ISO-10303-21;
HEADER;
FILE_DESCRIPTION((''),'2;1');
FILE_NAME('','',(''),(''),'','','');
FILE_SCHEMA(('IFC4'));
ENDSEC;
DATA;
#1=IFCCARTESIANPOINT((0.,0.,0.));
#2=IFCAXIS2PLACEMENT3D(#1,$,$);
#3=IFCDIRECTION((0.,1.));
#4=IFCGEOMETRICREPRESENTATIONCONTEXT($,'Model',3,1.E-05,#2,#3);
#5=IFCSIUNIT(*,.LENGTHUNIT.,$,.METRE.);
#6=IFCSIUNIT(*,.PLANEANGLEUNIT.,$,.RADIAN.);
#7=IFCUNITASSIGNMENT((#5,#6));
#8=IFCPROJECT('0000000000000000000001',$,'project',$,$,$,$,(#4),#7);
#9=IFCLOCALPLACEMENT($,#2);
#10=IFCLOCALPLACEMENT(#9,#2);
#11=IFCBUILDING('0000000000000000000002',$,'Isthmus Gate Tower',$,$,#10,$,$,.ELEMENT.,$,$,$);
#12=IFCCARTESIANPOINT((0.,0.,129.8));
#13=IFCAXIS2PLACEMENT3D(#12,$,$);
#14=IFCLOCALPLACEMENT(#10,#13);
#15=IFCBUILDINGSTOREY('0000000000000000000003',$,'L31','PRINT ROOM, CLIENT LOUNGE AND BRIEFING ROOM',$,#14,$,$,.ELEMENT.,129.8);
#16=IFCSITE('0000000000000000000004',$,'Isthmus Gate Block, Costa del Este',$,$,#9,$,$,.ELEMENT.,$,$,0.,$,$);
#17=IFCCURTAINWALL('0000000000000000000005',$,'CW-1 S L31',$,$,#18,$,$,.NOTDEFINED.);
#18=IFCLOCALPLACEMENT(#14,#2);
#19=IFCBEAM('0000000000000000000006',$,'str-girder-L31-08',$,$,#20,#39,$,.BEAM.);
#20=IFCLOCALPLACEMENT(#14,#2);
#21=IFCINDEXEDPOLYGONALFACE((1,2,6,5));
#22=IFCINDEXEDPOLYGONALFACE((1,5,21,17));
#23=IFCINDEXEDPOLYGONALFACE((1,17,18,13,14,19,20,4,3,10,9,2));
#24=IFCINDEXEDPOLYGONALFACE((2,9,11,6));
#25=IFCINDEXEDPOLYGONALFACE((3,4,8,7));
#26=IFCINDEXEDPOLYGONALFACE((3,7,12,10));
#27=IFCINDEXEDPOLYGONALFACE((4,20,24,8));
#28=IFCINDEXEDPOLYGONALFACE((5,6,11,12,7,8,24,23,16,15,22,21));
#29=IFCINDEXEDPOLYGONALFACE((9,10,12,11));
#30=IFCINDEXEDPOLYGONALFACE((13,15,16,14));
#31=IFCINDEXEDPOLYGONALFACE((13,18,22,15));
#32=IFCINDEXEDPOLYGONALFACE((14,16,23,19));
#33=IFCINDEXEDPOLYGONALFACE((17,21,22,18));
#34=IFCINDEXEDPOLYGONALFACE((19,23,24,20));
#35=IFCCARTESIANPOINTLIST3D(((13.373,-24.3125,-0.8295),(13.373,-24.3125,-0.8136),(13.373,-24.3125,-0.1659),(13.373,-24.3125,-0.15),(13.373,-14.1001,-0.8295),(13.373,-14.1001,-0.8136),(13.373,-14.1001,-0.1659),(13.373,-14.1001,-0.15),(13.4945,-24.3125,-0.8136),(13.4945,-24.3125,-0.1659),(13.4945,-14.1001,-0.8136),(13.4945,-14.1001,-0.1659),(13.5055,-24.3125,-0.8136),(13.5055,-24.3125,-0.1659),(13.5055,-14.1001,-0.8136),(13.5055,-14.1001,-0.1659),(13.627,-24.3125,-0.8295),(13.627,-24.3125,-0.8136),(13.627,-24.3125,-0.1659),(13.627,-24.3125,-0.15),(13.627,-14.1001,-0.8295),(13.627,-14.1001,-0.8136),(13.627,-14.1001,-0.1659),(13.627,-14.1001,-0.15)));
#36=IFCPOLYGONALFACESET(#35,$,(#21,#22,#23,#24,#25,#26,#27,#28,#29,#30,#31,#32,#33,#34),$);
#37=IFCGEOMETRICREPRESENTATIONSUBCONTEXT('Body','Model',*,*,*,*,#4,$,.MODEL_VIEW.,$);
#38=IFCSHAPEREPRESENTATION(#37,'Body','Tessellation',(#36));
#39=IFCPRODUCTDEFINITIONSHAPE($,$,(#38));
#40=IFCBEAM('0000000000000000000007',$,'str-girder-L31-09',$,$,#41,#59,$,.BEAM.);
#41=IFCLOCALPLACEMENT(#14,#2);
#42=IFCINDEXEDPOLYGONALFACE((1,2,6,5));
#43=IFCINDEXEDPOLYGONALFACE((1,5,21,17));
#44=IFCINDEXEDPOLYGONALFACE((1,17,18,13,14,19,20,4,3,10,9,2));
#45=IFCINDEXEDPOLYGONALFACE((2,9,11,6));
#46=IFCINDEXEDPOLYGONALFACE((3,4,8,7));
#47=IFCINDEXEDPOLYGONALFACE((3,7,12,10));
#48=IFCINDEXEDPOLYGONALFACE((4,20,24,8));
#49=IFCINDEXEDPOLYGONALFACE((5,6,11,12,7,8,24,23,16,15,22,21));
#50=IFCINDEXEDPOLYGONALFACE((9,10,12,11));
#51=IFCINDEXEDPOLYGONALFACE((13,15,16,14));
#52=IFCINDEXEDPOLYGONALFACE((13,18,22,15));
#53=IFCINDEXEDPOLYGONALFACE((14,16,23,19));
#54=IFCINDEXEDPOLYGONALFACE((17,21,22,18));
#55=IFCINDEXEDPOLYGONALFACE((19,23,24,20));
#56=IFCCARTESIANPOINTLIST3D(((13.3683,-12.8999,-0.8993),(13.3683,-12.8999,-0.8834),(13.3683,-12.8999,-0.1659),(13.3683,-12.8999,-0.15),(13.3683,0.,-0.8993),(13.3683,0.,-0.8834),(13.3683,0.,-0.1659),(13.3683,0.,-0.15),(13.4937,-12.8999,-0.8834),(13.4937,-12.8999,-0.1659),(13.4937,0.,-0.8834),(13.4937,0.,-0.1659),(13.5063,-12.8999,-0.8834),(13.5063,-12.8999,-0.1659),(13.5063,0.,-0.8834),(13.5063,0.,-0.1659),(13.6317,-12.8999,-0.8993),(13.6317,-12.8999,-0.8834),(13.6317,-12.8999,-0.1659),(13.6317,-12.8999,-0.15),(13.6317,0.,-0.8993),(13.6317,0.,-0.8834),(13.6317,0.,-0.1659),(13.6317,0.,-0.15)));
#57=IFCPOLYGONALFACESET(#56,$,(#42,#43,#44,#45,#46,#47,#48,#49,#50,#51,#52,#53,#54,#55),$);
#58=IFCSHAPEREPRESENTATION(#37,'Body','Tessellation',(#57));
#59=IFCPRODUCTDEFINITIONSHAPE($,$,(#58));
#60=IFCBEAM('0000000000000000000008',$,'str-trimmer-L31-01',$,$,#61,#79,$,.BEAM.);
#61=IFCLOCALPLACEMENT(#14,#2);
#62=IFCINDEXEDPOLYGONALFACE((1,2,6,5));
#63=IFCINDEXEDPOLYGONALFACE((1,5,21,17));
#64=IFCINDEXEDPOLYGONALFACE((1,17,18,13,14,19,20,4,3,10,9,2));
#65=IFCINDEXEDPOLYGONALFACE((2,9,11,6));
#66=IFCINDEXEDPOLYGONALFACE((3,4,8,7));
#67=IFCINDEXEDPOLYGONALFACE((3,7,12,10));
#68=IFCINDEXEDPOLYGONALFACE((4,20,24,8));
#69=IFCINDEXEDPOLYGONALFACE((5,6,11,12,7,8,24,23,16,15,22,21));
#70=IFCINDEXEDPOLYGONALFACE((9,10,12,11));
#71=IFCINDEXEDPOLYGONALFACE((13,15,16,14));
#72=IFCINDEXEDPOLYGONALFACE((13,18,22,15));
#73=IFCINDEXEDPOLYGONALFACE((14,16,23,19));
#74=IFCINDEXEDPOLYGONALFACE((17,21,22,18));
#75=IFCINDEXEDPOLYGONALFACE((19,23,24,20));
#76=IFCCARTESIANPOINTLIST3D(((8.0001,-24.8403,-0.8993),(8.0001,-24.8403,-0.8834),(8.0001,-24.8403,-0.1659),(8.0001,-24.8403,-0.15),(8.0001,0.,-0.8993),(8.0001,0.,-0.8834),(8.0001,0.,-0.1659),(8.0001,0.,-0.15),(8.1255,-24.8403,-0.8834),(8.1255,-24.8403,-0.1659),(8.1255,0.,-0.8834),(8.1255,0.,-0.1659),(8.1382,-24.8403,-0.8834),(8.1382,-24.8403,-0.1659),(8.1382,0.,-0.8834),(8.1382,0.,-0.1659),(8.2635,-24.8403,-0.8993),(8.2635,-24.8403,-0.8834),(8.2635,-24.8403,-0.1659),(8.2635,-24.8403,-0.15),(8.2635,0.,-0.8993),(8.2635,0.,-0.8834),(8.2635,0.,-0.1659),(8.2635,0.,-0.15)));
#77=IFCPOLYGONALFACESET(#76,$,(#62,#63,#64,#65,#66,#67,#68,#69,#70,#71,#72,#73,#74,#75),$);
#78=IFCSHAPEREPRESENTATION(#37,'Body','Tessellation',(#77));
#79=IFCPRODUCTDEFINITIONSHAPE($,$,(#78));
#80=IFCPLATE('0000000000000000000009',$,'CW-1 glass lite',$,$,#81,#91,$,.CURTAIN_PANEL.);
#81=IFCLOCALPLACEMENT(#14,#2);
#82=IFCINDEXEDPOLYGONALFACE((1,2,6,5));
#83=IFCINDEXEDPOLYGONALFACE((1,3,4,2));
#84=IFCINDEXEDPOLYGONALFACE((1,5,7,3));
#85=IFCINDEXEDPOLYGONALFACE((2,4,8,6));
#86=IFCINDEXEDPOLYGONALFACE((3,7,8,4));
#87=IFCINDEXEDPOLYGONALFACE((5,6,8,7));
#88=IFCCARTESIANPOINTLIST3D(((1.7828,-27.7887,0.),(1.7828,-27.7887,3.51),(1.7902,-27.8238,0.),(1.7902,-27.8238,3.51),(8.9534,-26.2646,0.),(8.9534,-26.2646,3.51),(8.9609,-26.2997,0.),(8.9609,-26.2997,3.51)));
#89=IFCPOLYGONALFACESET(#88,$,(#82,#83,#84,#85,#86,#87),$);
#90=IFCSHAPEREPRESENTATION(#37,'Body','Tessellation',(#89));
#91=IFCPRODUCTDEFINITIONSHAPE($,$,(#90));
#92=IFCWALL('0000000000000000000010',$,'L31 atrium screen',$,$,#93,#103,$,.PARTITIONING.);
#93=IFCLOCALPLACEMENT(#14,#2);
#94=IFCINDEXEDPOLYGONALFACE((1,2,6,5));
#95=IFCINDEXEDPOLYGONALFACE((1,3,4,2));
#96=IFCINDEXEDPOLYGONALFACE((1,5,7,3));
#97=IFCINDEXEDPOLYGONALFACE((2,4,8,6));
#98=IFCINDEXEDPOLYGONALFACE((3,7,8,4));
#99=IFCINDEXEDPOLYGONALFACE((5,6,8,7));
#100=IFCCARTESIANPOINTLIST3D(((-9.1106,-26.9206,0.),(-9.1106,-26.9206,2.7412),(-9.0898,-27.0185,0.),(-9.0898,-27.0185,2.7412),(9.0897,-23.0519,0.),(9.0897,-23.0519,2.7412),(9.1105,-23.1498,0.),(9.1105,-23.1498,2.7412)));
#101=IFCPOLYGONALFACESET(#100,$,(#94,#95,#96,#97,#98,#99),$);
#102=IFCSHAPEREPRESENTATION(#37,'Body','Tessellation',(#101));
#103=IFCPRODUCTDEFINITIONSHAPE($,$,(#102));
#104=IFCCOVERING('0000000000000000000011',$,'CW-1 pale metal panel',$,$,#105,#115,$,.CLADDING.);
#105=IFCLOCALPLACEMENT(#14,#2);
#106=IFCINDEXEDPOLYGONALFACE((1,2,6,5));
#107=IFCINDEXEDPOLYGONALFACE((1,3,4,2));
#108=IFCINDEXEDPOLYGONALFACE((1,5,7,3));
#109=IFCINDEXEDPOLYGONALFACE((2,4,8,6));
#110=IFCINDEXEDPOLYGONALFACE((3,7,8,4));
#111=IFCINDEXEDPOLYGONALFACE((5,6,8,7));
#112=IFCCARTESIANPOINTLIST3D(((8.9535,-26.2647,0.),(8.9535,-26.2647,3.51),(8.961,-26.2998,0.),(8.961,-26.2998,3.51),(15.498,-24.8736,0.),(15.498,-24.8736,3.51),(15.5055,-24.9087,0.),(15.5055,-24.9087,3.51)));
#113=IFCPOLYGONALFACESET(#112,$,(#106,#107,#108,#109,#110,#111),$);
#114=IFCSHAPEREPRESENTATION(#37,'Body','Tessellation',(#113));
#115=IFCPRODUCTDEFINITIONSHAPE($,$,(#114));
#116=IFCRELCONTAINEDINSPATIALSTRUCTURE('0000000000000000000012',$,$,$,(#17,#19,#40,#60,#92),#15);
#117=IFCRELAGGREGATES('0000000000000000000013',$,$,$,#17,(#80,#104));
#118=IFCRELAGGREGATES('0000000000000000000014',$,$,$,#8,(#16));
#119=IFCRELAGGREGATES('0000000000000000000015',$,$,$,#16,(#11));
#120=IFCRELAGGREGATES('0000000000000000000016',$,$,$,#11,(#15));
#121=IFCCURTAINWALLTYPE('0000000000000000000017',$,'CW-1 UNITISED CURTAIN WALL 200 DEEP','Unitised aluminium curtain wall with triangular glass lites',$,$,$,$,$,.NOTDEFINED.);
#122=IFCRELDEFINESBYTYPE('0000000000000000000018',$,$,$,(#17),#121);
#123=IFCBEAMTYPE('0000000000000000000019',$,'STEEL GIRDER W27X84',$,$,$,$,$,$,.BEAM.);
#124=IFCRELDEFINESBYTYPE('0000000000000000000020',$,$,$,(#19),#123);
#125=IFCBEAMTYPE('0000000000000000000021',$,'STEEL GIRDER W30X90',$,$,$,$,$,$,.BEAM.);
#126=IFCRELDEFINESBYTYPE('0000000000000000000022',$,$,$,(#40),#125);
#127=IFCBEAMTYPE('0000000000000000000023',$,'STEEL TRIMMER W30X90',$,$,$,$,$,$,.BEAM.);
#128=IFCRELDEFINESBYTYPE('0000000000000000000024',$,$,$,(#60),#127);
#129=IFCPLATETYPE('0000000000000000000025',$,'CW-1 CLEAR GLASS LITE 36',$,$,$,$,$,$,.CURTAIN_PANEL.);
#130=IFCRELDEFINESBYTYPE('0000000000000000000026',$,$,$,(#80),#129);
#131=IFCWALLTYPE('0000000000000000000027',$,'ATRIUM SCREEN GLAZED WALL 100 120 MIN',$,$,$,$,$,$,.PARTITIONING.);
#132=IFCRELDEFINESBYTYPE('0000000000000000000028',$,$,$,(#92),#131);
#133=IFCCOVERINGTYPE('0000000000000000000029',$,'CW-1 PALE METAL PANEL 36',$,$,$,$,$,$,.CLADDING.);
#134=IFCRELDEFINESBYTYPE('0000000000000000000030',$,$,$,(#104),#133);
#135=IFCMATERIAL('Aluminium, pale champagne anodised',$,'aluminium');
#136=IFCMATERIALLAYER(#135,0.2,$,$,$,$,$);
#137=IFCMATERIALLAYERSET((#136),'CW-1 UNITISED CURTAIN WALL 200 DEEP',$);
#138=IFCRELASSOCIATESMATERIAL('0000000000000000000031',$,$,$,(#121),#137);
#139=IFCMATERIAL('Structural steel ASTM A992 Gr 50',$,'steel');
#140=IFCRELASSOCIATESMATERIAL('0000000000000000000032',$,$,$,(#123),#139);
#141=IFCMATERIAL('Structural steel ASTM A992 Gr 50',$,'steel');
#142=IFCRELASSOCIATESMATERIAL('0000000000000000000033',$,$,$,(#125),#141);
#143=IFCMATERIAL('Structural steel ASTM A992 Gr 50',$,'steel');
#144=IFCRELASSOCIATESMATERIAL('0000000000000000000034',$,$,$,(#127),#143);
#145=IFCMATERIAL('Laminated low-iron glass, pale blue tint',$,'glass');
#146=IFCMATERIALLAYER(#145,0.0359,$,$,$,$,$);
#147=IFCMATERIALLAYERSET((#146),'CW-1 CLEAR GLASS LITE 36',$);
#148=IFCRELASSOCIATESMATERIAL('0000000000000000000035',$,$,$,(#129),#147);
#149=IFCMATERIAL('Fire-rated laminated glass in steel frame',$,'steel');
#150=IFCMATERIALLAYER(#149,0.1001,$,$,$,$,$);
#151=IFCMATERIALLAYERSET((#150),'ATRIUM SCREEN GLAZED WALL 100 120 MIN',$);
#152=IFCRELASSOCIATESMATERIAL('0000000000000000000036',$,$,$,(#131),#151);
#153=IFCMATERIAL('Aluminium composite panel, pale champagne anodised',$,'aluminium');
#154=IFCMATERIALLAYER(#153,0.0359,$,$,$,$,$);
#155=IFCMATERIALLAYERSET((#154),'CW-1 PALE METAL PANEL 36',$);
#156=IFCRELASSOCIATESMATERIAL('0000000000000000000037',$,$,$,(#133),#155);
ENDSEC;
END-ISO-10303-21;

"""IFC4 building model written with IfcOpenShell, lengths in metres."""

from ifc_helpers import new_model, si_unit, direction, frame, frame_2d, origin, origin_2d, place, context, subcontext, project, spatial, rectangle, i_section, extrude, material, layer, layer_set, material_profile, profile_set, type_object, element, aggregate, save


model = new_model("IFC4")

# Units and contexts
model_context = context("Model", 3, precision=1e-05, world=origin(), true_north=direction((0.0, 1.0)))
body_context = subcontext(model_context, "Body", "Model", "MODEL_VIEW")
ifc_project = project(units=[si_unit("LENGTHUNIT", "METRE"), si_unit("PLANEANGLEUNIT", "RADIAN")], contexts=[model_context])

# Site, building, storey
site_placement = place(None, origin())
site = spatial("IfcSite", under=ifc_project, at=site_placement, Name="Isthmus Gate Block, Costa del Este", CompositionType="ELEMENT", RefElevation=0.0)
building_placement = place(site_placement, origin())
building = spatial("IfcBuilding", under=site, at=building_placement, Name="Isthmus Gate Tower", CompositionType="ELEMENT")
storey_placement = place(building_placement, frame((0.0, 0.0, 129.8)))
storey = spatial("IfcBuildingStorey", under=building, at=storey_placement, Name="L31", Description="PRINT ROOM, CLIENT LOUNGE AND BRIEFING ROOM", CompositionType="ELEMENT", Elevation=129.8)

# Curtain wall
ifc_material_1 = material(Name="Aluminium, pale champagne anodised", Category="aluminium")
ifc_layer_1 = layer(ifc_material_1, 0.2)
ifc_layer_set_1 = layer_set([ifc_layer_1], Name="CW-1 UNITISED CURTAIN WALL 200 DEEP")
curtain_wall_type = type_object("IfcCurtainWallType", Name="CW-1 UNITISED CURTAIN WALL 200 DEEP", Description="Unitised aluminium curtain wall with triangular glass lites", PredefinedType="NOTDEFINED", material=ifc_layer_set_1)
curtain_wall_placement = place(storey_placement, origin())
curtain_wall = element("IfcCurtainWall", 1, at=curtain_wall_placement, inside=storey, type_object=curtain_wall_type, Name="CW-1 S L31", PredefinedType="NOTDEFINED")

# Beams
ifc_material_2 = material(Name="Structural steel ASTM A992 Gr 50", Category="steel")
ifc_material_profile_1 = material_profile(ifc_material_2, i_section(OverallWidth=0.2539, OverallDepth=0.6794, WebThickness=0.011, FlangeThickness=0.0159, at=origin_2d()), Name="W27X84")
ifc_profile_set_1 = profile_set([ifc_material_profile_1], Name="Structural steel ASTM A992 Gr 50")
beam_type_1 = type_object("IfcBeamType", Name="STEEL GIRDER W27X84", PredefinedType="BEAM", material=ifc_profile_set_1)
beam_1_placement = place(storey_placement, frame((13.5, -24.3125, -0.4897), z_axis=(0.0, 1.0, 0.0), x_axis=(-1.0, 0.0, 0.0)))
element("IfcBeam", 2, at=beam_1_placement, inside=storey, type_object=beam_type_1, Name="str-girder-L31-08", PredefinedType="BEAM", context=body_context, shape_type="SweptSolid", body=[
    extrude(i_section(OverallWidth=0.2539, OverallDepth=0.6794, WebThickness=0.011, FlangeThickness=0.0159, at=origin_2d()), origin(), (0.0, 0.0, 1.0), 10.2124),
])
ifc_material_3 = material(Name="Structural steel ASTM A992 Gr 50", Category="steel")
ifc_material_profile_2 = material_profile(ifc_material_3, i_section(OverallWidth=0.2634, OverallDepth=0.7493, WebThickness=0.0127, FlangeThickness=0.0159, at=origin_2d()), Name="W30X90")
ifc_profile_set_2 = profile_set([ifc_material_profile_2], Name="Structural steel ASTM A992 Gr 50")
beam_type_2 = type_object("IfcBeamType", Name="STEEL GIRDER W30X90", PredefinedType="BEAM", material=ifc_profile_set_2)
beam_2_placement = place(storey_placement, frame((13.5, -12.8999, -0.5247), z_axis=(0.0, 1.0, 0.0), x_axis=(-1.0, 0.0, 0.0)))
element("IfcBeam", 3, at=beam_2_placement, inside=storey, type_object=beam_type_2, Name="str-girder-L31-09", PredefinedType="BEAM", context=body_context, shape_type="SweptSolid", body=[
    extrude(i_section(OverallWidth=0.2634, OverallDepth=0.7493, WebThickness=0.0127, FlangeThickness=0.0159, at=origin_2d()), origin(), (0.0, 0.0, 1.0), 12.8999),
])
ifc_material_4 = material(Name="Structural steel ASTM A992 Gr 50", Category="steel")
ifc_material_profile_3 = material_profile(ifc_material_4, i_section(OverallWidth=0.2634, OverallDepth=0.7493, WebThickness=0.0127, FlangeThickness=0.0159, at=origin_2d()), Name="W30X90")
ifc_profile_set_3 = profile_set([ifc_material_profile_3], Name="Structural steel ASTM A992 Gr 50")
beam_type_3 = type_object("IfcBeamType", Name="STEEL TRIMMER W30X90", PredefinedType="BEAM", material=ifc_profile_set_3)
beam_3_placement = place(storey_placement, frame((8.1318, -24.8403, -0.5247), z_axis=(0.0, 1.0, 0.0), x_axis=(-1.0, 0.0, 0.0)))
element("IfcBeam", 4, at=beam_3_placement, inside=storey, type_object=beam_type_3, Name="str-trimmer-L31-01", PredefinedType="BEAM", context=body_context, shape_type="SweptSolid", body=[
    extrude(i_section(OverallWidth=0.2634, OverallDepth=0.7493, WebThickness=0.0127, FlangeThickness=0.0159, at=origin_2d()), origin(), (0.0, 0.0, 1.0), 24.8403),
])

# Plate
ifc_material_5 = material(Name="Laminated low-iron glass, pale blue tint", Category="glass")
ifc_layer_2 = layer(ifc_material_5, 0.0359)
ifc_layer_set_2 = layer_set([ifc_layer_2], Name="CW-1 CLEAR GLASS LITE 36")
plate_type = type_object("IfcPlateType", Name="CW-1 CLEAR GLASS LITE 36", PredefinedType="CURTAIN_PANEL", material=ifc_layer_set_2)
plate_placement = place(storey_placement, frame((5.3718, -27.0442, 0.0), z_axis=(0.0, 0.0, 1.0), x_axis=(0.978148, 0.207912, 0.0)))
plate = element("IfcPlate", 5, at=plate_placement, type_object=plate_type, Name="CW-1 glass lite", PredefinedType="CURTAIN_PANEL", context=body_context, shape_type="SweptSolid", body=[
    extrude(rectangle(XDim=7.3308, YDim=0.0359, at=origin_2d()), origin(), (0.0, 0.0, 1.0), 3.51),
])

# Wall
ifc_material_6 = material(Name="Fire-rated laminated glass in steel frame", Category="steel")
ifc_layer_3 = layer(ifc_material_6, 0.1001)
ifc_layer_set_3 = layer_set([ifc_layer_3], Name="ATRIUM SCREEN GLAZED WALL 100 120 MIN")
wall_type = type_object("IfcWallType", Name="ATRIUM SCREEN GLAZED WALL 100 120 MIN", PredefinedType="PARTITIONING", material=ifc_layer_set_3)
wall_placement = place(storey_placement, frame((9.1001, -23.1008, 0.0), z_axis=(0.0, 0.0, 1.0), x_axis=(-0.978147, -0.207916, 0.0)))
element("IfcWall", 6, at=wall_placement, inside=storey, type_object=wall_type, Name="L31 atrium screen", PredefinedType="PARTITIONING", context=body_context, shape_type="SweptSolid", body=[
    extrude(rectangle(XDim=18.6069, YDim=0.1001, at=frame_2d((9.3035, 0.0))), origin(), (0.0, 0.0, 1.0), 2.7412),
])

# Covering
ifc_material_7 = material(Name="Aluminium composite panel, pale champagne anodised", Category="aluminium")
ifc_layer_4 = layer(ifc_material_7, 0.0359)
ifc_layer_set_4 = layer_set([ifc_layer_4], Name="CW-1 PALE METAL PANEL 36")
covering_type = type_object("IfcCoveringType", Name="CW-1 PALE METAL PANEL 36", PredefinedType="CLADDING", material=ifc_layer_set_4)
covering_placement = place(storey_placement, frame((12.2295, -25.5867, 0.0), z_axis=(0.0, 0.0, 1.0), x_axis=(0.978148, 0.207912, 0.0)))
covering = element("IfcCovering", 7, at=covering_placement, type_object=covering_type, Name="CW-1 pale metal panel", PredefinedType="CLADDING", context=body_context, shape_type="SweptSolid", body=[
    extrude(rectangle(XDim=6.6907, YDim=0.0359, at=origin_2d()), origin(), (0.0, 0.0, 1.0), 3.51),
])
aggregate(curtain_wall, [plate, covering])

save(model, "model.ifc")
